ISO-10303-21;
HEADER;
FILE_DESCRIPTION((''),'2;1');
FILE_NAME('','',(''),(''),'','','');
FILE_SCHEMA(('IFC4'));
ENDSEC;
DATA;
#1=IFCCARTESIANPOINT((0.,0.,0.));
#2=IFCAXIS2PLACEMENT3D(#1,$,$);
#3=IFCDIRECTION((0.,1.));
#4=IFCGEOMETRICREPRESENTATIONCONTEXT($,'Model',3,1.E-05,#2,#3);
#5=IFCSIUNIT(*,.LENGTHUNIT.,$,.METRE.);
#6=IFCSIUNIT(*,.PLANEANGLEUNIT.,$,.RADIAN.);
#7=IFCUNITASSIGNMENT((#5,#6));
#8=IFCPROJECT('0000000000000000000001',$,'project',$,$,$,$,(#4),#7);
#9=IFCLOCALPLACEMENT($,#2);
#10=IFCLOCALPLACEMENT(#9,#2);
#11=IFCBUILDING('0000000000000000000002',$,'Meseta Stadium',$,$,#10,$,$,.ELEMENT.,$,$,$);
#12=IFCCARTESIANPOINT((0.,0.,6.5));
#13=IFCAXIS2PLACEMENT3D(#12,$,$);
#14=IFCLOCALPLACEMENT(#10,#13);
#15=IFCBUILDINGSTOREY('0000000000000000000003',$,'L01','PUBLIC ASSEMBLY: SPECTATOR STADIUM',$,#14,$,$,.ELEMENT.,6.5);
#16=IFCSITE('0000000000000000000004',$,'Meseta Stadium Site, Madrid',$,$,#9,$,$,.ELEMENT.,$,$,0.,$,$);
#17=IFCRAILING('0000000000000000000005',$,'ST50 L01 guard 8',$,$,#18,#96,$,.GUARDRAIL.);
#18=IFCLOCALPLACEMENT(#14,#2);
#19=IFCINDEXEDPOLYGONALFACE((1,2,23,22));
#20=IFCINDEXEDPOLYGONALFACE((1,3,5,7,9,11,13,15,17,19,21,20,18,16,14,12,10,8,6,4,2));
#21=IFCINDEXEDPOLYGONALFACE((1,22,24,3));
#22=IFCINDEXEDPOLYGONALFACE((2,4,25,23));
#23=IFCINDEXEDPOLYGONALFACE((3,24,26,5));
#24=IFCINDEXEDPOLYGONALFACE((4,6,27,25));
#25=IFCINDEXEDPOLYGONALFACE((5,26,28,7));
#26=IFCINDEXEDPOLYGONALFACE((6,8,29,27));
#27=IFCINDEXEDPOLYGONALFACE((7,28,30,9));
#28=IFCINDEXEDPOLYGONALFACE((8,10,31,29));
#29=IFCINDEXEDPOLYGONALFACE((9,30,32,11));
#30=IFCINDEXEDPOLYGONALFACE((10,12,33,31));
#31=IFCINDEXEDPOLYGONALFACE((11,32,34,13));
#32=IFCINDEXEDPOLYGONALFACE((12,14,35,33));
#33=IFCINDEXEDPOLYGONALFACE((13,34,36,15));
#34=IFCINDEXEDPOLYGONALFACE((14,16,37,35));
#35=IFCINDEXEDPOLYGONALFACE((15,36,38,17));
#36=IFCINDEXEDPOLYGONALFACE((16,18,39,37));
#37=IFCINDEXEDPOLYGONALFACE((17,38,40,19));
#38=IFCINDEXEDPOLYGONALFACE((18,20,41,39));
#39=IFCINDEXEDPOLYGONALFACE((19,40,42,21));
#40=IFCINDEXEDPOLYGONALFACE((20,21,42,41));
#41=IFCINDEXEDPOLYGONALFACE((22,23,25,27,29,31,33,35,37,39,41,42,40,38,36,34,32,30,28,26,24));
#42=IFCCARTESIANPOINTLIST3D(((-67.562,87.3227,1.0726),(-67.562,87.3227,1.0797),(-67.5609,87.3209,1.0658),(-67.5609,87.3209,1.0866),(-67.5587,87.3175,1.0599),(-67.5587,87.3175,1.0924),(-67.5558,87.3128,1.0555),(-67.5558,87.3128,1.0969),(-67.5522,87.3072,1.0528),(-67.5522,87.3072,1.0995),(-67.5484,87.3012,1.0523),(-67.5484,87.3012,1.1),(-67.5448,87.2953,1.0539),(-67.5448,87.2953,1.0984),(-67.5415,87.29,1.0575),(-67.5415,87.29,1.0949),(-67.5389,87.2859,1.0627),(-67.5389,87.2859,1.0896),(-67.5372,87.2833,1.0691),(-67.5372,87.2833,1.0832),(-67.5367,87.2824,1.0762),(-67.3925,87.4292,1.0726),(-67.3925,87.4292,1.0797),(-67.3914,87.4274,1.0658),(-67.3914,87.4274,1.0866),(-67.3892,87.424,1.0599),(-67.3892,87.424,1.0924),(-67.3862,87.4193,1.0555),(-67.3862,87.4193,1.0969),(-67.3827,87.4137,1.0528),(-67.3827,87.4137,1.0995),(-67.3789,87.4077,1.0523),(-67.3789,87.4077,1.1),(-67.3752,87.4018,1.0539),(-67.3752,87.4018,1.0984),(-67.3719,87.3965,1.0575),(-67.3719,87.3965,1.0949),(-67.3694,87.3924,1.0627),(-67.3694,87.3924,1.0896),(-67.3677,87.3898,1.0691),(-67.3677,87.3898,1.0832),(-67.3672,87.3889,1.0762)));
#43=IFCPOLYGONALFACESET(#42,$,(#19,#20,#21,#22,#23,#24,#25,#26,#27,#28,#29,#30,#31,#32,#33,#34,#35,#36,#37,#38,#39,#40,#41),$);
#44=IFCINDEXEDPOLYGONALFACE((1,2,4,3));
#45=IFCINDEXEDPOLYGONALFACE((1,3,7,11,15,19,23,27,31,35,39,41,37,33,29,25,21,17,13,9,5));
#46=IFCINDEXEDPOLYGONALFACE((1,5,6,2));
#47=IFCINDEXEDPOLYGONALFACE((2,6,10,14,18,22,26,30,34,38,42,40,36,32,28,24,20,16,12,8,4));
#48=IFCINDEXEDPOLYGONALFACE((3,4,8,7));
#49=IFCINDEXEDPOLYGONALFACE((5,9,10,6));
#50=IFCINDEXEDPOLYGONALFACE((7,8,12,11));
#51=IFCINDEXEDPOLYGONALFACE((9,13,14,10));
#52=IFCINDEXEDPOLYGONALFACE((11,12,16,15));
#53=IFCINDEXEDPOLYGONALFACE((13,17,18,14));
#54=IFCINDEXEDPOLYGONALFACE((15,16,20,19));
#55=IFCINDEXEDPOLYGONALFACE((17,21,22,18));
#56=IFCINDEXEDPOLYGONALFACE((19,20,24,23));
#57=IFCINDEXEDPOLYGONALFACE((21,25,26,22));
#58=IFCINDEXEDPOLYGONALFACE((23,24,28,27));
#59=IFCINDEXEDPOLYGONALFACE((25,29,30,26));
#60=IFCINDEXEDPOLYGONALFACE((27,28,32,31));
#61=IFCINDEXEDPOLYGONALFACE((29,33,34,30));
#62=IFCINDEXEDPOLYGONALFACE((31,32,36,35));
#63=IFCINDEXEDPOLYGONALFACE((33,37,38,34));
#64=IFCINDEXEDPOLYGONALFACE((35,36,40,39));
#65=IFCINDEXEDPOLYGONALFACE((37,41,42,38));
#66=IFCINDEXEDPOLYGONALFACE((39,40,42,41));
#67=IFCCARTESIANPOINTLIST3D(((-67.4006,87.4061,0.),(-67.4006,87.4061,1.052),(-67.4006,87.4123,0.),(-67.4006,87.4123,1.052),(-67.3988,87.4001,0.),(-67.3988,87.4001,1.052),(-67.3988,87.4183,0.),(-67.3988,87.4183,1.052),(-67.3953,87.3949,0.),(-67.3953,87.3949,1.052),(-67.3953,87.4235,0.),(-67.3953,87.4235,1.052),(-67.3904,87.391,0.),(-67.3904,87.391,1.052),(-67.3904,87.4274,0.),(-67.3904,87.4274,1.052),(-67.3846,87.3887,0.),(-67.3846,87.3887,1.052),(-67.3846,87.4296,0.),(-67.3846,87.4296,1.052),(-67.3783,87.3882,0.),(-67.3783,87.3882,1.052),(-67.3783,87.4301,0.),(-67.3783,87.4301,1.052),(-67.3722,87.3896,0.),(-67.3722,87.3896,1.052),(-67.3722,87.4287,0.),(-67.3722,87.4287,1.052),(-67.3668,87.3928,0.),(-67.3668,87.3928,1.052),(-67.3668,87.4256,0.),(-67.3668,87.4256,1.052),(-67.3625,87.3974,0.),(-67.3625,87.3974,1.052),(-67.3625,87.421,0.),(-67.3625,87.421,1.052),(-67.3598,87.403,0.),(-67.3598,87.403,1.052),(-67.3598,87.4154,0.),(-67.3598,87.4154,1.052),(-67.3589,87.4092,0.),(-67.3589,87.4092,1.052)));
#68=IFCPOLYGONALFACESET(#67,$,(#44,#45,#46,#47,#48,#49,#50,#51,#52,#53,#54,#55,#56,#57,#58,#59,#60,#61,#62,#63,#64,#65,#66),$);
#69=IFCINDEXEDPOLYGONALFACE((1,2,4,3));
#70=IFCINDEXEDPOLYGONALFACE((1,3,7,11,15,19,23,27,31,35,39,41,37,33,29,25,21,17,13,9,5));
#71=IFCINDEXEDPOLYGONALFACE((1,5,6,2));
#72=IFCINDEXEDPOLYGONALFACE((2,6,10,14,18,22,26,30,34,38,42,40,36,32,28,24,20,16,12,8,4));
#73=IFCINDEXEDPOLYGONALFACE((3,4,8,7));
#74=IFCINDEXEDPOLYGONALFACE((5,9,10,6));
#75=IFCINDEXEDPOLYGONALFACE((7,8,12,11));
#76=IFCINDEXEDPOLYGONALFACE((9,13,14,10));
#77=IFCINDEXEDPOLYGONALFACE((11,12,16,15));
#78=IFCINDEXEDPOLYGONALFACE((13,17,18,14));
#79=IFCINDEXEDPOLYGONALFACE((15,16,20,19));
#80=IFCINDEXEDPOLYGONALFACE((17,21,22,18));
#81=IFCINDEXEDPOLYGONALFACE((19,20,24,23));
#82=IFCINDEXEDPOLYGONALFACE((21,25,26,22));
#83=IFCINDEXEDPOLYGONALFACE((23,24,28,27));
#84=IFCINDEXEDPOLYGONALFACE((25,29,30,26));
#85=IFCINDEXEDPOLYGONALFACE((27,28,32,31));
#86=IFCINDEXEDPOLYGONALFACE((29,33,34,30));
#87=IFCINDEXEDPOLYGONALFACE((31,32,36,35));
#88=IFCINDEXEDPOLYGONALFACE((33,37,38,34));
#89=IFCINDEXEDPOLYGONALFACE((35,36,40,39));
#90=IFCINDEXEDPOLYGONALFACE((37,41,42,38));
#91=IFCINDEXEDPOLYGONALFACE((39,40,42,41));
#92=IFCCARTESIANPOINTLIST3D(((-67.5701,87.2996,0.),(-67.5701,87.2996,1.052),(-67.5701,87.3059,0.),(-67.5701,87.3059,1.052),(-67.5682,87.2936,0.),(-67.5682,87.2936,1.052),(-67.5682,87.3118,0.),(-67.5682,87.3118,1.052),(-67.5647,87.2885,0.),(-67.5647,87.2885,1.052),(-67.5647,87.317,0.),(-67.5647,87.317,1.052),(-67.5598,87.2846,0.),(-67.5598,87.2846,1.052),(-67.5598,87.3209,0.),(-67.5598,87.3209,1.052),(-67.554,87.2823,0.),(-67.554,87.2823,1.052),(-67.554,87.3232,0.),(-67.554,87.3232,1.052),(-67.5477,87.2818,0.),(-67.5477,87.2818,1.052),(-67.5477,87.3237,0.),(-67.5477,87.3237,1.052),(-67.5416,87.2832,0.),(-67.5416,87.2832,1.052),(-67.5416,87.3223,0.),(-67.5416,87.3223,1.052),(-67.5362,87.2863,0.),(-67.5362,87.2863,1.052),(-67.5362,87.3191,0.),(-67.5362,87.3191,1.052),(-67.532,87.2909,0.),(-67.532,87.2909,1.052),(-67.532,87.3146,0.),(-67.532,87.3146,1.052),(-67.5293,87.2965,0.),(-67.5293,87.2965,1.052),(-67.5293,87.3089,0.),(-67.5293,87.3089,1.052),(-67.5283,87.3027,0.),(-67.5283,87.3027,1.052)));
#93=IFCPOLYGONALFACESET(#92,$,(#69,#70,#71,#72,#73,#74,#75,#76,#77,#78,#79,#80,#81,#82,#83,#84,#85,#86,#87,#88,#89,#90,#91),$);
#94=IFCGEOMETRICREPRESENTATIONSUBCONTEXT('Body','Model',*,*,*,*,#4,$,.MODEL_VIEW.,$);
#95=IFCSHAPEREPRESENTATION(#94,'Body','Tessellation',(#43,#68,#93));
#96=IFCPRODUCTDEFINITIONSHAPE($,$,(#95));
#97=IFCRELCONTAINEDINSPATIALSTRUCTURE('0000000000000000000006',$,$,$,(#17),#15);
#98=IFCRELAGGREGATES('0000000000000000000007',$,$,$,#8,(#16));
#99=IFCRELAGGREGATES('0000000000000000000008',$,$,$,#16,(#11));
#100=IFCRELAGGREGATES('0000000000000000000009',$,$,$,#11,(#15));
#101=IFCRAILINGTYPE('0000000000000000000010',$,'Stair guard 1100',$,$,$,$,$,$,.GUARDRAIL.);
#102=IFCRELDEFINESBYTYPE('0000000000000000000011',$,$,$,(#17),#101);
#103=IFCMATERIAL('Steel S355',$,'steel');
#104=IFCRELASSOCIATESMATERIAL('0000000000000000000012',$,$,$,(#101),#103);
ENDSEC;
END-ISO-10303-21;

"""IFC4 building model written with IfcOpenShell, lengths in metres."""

from ifc_helpers import new_model, si_unit, direction, frame, origin, origin_2d, place, context, subcontext, project, spatial, circle, extrude, material, type_object, element, save


model = new_model("IFC4")

# Units and contexts
model_context = context("Model", 3, precision=1e-05, world=origin(), true_north=direction((0.0, 1.0)))
body_context = subcontext(model_context, "Body", "Model", "MODEL_VIEW")
ifc_project = project(units=[si_unit("LENGTHUNIT", "METRE"), si_unit("PLANEANGLEUNIT", "RADIAN")], contexts=[model_context])

# Site, building, storey
site_placement = place(None, origin())
site = spatial("IfcSite", under=ifc_project, at=site_placement, Name="Meseta Stadium Site, Madrid", CompositionType="ELEMENT", RefElevation=0.0)
building_placement = place(site_placement, origin())
building = spatial("IfcBuilding", under=site, at=building_placement, Name="Meseta Stadium", CompositionType="ELEMENT")
storey_placement = place(building_placement, frame((0.0, 0.0, 6.5)))
storey = spatial("IfcBuildingStorey", under=building, at=storey_placement, Name="L01", Description="PUBLIC ASSEMBLY: SPECTATOR STADIUM", CompositionType="ELEMENT", Elevation=6.5)

# Railing
ifc_material_1 = material(Name="Steel S355", Category="steel")
railing_type_1 = type_object("IfcRailingType", Name="Stair guard 1100", PredefinedType="GUARDRAIL", material=ifc_material_1)
railing_1_placement = place(storey_placement, frame((-67.3799, 87.4092, 0.0)))
element("IfcRailing", 1, at=railing_1_placement, inside=storey, type_object=railing_type_1, Name="ST50 L01 guard 8", PredefinedType="GUARDRAIL", context=body_context, shape_type="SweptSolid", body=[
    extrude(circle(Radius=0.0239, at=origin_2d()), frame((0.0, 0.0, 1.0762), z_axis=(-0.846762, -0.531972, 0.0), x_axis=(0.531972, -0.846762, 0.0)), (0.0, 0.0, 1.0), 0.2002),
    extrude(circle(Radius=0.021, at=origin_2d()), origin(), (0.0, 0.0, 1.0), 1.052),
    extrude(circle(Radius=0.021, at=origin_2d()), frame((-0.1694, -0.1064, 0.0)), (0.0, 0.0, 1.0), 1.052),
])

save(model, "model.ifc")
